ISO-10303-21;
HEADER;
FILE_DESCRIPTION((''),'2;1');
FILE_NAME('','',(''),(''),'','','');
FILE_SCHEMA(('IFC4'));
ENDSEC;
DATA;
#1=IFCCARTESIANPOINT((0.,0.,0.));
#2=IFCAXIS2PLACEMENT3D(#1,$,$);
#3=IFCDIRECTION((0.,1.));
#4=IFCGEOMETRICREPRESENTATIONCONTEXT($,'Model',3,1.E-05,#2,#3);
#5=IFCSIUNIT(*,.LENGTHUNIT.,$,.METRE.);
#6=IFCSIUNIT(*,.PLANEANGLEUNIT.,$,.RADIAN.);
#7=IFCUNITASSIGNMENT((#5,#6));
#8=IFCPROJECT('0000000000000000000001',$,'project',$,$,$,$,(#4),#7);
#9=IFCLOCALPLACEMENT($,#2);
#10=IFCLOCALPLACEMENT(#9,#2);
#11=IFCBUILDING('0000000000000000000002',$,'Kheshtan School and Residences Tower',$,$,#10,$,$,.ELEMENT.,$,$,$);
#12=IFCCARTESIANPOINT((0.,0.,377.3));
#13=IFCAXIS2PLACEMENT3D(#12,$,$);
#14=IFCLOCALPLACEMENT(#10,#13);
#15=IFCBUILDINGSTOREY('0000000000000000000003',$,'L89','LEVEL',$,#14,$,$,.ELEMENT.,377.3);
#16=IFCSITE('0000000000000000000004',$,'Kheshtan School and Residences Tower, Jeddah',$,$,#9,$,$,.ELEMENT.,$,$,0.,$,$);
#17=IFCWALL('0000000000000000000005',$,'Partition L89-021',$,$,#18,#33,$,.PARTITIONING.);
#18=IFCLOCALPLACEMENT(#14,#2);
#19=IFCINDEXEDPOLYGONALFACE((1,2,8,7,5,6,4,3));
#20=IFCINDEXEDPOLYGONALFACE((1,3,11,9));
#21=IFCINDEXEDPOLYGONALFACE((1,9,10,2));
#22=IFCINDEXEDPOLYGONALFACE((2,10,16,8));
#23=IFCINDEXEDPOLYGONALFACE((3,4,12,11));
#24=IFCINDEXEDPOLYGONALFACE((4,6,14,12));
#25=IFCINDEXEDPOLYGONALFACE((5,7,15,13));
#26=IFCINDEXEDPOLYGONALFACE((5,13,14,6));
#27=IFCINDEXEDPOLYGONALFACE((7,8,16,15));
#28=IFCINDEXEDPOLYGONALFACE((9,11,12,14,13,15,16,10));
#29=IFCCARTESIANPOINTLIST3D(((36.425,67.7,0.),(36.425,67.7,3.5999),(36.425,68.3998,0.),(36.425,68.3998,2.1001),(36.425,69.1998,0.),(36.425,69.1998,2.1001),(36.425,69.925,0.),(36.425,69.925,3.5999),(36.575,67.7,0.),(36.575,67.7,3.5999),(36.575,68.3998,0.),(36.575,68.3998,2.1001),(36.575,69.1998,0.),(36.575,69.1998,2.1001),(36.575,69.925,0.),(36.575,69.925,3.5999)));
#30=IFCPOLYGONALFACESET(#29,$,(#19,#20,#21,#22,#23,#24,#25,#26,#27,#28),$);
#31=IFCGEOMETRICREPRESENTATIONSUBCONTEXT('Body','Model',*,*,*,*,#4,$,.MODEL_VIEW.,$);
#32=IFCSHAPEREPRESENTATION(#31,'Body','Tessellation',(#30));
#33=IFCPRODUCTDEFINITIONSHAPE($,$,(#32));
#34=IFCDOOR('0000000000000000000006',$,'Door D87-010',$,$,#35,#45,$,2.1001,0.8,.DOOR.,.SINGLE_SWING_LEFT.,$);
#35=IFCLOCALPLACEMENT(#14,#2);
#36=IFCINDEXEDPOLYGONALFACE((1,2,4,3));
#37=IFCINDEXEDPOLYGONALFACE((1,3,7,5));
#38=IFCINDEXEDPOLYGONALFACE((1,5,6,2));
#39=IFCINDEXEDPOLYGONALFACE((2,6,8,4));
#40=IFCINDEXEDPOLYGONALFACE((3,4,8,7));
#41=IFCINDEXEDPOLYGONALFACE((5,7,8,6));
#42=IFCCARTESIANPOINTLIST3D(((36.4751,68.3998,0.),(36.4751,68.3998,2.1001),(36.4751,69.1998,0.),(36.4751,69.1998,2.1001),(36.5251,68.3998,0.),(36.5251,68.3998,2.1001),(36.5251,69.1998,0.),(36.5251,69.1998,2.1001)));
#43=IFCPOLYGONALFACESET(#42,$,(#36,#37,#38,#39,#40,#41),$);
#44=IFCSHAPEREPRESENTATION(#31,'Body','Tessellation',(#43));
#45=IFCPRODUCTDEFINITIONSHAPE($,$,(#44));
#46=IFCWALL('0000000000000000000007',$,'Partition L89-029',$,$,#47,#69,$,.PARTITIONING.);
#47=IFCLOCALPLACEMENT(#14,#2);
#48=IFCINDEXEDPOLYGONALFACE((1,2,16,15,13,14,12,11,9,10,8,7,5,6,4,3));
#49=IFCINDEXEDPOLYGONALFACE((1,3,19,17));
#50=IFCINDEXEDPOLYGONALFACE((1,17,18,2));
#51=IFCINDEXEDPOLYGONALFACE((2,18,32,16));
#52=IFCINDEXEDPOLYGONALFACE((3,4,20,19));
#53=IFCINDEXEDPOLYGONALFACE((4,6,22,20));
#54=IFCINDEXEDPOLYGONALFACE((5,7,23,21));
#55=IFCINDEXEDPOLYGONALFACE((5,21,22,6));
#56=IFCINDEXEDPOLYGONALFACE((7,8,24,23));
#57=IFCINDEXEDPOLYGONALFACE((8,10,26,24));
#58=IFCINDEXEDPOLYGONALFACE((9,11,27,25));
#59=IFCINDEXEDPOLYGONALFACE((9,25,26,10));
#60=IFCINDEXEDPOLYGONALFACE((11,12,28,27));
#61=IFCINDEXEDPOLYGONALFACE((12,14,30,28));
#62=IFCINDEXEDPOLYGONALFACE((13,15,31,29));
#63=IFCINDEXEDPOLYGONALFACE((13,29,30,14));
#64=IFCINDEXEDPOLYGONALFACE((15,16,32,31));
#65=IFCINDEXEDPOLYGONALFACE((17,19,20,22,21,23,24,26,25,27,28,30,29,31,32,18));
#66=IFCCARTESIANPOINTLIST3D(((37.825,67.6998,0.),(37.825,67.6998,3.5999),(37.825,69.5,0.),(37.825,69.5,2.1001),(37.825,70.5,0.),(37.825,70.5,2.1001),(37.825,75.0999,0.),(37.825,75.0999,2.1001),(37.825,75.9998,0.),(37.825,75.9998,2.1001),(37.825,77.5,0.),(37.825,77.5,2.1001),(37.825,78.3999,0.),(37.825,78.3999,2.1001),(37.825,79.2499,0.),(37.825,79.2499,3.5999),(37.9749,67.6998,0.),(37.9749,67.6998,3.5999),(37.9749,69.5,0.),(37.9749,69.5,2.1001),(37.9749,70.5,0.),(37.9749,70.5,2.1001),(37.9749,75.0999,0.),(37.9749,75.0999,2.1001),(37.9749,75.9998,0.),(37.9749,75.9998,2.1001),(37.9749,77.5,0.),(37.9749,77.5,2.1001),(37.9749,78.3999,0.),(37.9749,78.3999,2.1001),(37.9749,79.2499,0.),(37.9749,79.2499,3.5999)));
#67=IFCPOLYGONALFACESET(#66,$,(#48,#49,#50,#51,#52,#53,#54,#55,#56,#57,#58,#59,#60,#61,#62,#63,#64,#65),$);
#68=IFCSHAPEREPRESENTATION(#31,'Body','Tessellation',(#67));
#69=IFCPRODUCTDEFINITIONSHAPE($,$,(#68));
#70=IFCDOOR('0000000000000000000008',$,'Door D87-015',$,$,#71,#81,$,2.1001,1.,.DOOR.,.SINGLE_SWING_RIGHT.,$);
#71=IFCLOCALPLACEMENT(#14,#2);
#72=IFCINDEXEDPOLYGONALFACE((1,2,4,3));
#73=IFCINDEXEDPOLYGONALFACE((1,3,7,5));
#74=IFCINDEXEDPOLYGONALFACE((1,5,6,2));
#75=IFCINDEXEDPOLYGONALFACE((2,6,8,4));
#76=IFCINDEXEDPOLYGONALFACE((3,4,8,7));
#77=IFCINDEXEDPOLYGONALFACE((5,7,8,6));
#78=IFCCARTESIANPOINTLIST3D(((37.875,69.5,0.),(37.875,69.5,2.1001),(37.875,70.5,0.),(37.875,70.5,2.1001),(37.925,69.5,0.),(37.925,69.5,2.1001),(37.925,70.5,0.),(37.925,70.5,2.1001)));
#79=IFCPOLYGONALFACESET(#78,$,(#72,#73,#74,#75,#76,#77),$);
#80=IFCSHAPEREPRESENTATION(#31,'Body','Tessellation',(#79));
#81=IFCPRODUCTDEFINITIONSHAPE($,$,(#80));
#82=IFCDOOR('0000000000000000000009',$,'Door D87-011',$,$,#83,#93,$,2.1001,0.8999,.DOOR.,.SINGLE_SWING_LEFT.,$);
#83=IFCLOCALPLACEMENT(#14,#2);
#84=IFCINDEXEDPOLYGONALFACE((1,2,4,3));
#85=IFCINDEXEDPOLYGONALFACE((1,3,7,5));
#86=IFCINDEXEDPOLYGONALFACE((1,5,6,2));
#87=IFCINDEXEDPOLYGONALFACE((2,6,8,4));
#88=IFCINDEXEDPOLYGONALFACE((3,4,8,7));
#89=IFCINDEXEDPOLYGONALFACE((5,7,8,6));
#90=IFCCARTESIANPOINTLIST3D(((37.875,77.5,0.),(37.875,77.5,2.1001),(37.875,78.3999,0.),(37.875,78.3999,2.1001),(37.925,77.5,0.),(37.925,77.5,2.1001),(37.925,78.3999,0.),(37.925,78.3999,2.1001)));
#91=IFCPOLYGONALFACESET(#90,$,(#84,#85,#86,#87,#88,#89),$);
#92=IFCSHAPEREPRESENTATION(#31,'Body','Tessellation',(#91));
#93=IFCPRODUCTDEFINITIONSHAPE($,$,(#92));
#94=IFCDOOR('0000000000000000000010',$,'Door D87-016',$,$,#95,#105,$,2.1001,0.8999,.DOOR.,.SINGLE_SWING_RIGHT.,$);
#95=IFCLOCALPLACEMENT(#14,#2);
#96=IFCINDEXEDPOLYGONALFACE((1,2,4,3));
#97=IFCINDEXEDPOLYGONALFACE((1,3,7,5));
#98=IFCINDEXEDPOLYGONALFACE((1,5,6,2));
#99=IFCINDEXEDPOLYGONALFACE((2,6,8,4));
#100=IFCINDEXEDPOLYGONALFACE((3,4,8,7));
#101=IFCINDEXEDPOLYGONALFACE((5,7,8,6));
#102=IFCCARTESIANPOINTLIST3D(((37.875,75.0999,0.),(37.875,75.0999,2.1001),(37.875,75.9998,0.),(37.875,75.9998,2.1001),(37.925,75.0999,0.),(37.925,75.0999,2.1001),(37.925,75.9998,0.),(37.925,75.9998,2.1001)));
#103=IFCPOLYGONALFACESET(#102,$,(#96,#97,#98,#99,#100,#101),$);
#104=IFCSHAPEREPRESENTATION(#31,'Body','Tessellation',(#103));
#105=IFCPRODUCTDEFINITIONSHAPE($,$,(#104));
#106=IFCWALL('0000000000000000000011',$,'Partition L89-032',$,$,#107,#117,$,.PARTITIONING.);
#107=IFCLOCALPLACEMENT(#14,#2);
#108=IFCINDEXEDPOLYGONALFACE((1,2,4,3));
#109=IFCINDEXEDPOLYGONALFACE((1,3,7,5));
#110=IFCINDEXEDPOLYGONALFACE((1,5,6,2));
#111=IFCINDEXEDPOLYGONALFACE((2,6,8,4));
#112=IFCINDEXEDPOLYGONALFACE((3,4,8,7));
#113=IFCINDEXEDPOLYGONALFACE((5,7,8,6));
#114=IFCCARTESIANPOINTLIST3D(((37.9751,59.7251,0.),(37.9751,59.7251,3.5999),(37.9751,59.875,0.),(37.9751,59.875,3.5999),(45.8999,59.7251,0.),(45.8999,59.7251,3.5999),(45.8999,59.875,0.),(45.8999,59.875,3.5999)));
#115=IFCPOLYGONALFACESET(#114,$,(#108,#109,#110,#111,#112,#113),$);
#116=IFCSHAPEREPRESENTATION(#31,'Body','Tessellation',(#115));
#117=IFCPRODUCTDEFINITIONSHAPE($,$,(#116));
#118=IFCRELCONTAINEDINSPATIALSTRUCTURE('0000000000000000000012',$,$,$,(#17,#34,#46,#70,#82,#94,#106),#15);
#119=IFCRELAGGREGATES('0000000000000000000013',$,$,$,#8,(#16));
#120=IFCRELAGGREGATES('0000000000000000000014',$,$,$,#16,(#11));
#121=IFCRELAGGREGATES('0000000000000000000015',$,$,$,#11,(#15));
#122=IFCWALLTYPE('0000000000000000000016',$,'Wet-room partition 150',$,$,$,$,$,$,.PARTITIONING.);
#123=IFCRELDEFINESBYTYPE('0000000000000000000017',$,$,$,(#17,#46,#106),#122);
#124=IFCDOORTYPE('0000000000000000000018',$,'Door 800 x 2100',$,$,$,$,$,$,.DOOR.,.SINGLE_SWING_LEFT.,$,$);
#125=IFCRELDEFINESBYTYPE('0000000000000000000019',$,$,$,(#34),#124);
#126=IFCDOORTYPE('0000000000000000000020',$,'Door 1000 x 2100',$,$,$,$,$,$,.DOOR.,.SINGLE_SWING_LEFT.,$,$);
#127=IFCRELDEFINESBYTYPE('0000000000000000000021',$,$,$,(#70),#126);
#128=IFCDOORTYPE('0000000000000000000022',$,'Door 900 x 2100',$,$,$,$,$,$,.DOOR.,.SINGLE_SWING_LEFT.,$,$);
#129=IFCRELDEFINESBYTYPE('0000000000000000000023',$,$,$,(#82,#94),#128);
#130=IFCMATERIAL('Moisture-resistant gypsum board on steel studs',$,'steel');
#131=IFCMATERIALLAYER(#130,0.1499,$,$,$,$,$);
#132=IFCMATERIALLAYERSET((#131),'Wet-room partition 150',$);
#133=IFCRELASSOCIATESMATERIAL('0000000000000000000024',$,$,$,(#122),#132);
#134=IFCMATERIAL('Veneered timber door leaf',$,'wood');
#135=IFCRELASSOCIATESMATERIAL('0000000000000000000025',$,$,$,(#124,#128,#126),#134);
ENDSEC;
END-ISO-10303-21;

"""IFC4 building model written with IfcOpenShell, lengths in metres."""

from ifc_helpers import new_model, si_unit, direction, frame, frame_2d, origin, place, context, subcontext, project, spatial, rectangle, extrude, source, transform, mapped, material, layer, layer_set, type_object, element, fill, save


model = new_model("IFC4")

# Units and contexts
model_context = context("Model", 3, precision=1e-05, world=origin(), true_north=direction((0.0, 1.0)))
body_context = subcontext(model_context, "Body", "Model", "MODEL_VIEW")
ifc_project = project(units=[si_unit("LENGTHUNIT", "METRE"), si_unit("PLANEANGLEUNIT", "RADIAN")], contexts=[model_context])

# Site, building, storey
site_placement = place(None, origin())
site = spatial("IfcSite", under=ifc_project, at=site_placement, Name="Kheshtan School and Residences Tower, Jeddah", CompositionType="ELEMENT", RefElevation=0.0)
building_placement = place(site_placement, origin())
building = spatial("IfcBuilding", under=site, at=building_placement, Name="Kheshtan School and Residences Tower", CompositionType="ELEMENT")
storey_placement = place(building_placement, frame((0.0, 0.0, 377.3)))
storey = spatial("IfcBuildingStorey", under=building, at=storey_placement, Name="L89", Description="LEVEL", CompositionType="ELEMENT", Elevation=377.3)

# Shared definitions
ifc_material_1 = material(Name="Moisture-resistant gypsum board on steel studs", Category="steel")
ifc_layer_1 = layer(ifc_material_1, 0.1499)
ifc_layer_set_1 = layer_set([ifc_layer_1], Name="Wet-room partition 150")
wall_type_1 = type_object("IfcWallType", Name="Wet-room partition 150", PredefinedType="PARTITIONING", material=ifc_layer_set_1)

# Shared definitions
ifc_material_2 = material(Name="Veneered timber door leaf", Category="wood")
door_type_1 = type_object("IfcDoorType", Name="Door 800 x 2100", OperationType="SINGLE_SWING_LEFT", PredefinedType="DOOR", material=ifc_material_2)
shared_shape_1 = source(origin(), body_context, "Body", "SweptSolid", [
    extrude(rectangle(XDim=0.8, YDim=2.1001, at=frame_2d((0.3999, 1.05))), frame((0.0, 0.0249, 0.0), z_axis=(0.0, -1.0, 0.0), x_axis=(1.0, 0.0, 0.0)), (0.0, 0.0, 1.0), 0.05),
])
door_type_2 = type_object("IfcDoorType", Name="Door 900 x 2100", OperationType="SINGLE_SWING_LEFT", PredefinedType="DOOR", material=ifc_material_2)
shared_shape_2 = source(origin(), body_context, "Body", "SweptSolid", [
    extrude(rectangle(XDim=0.8999, YDim=2.1001, at=frame_2d((0.45, 1.05))), frame((0.0, 0.0249, 0.0), z_axis=(0.0, -1.0, 0.0), x_axis=(1.0, 0.0, 0.0)), (0.0, 0.0, 1.0), 0.05),
])

# Wall, opening, door
wall_1_placement = place(storey_placement, frame((36.5, 67.7, 0.0), z_axis=(0.0, 0.0, 1.0), x_axis=(0.0, 1.0, 0.0)))
wall_1 = element("IfcWall", 1, at=wall_1_placement, inside=storey, type_object=wall_type_1, Name="Partition L89-021", PredefinedType="PARTITIONING", context=body_context, shape_type="SweptSolid", body=[
    extrude(rectangle(XDim=2.2251, YDim=0.1499, at=frame_2d((1.1125, 0.0))), origin(), (0.0, 0.0, 1.0), 3.5999),
])
opening_1_placement = place(wall_1_placement, frame((0.7, 0.0, 0.0)))
opening_1 = element("IfcOpeningElement", 2, at=opening_1_placement, cuts=wall_1, PredefinedType="OPENING", context=body_context, shape_type="SweptSolid", body=[
    extrude(rectangle(XDim=0.8, YDim=2.1001, at=frame_2d((0.3999, 1.05))), frame((0.0, 0.085, 0.0), z_axis=(0.0, -1.0, 0.0), x_axis=(1.0, 0.0, 0.0)), (0.0, 0.0, 1.0), 0.1699),
])
door_1_placement = place(opening_1_placement, origin())
door_1 = element("IfcDoor", 3, at=door_1_placement, inside=storey, type_object=door_type_1, Name="Door D87-010", OperationType="SINGLE_SWING_LEFT", OverallHeight=2.1001, OverallWidth=0.8, PredefinedType="DOOR", context=body_context, shape_type="MappedRepresentation", body=[
    mapped(shared_shape_1, transform((0.0, 0.0, 0.0), x_axis=(1.0, 0.0, 0.0), y_axis=(0.0, 1.0, 0.0), z_axis=(0.0, 0.0, 1.0), scale=1.0)),
])
fill(opening_1, door_1)

# Wall, openings, doors
wall_2_placement = place(storey_placement, frame((37.8999, 67.7, 0.0), z_axis=(0.0, 0.0, 1.0), x_axis=(0.0, 1.0, 0.0)))
wall_2 = element("IfcWall", 4, at=wall_2_placement, inside=storey, type_object=wall_type_1, Name="Partition L89-029", PredefinedType="PARTITIONING", context=body_context, shape_type="SweptSolid", body=[
    extrude(rectangle(XDim=11.55, YDim=0.1499, at=frame_2d((5.7749, 0.0))), origin(), (0.0, 0.0, 1.0), 3.5999),
])
opening_2_placement = place(wall_2_placement, frame((9.8, 0.0, 0.0)))
opening_2 = element("IfcOpeningElement", 5, at=opening_2_placement, cuts=wall_2, PredefinedType="OPENING", context=body_context, shape_type="SweptSolid", body=[
    extrude(rectangle(XDim=0.8999, YDim=2.1001, at=frame_2d((0.45, 1.05))), frame((0.0, 0.085, 0.0), z_axis=(0.0, -1.0, 0.0), x_axis=(1.0, 0.0, 0.0)), (0.0, 0.0, 1.0), 0.1699),
])
opening_3_placement = place(wall_2_placement, frame((1.8, 0.0, 0.0)))
opening_3 = element("IfcOpeningElement", 6, at=opening_3_placement, cuts=wall_2, PredefinedType="OPENING", context=body_context, shape_type="SweptSolid", body=[
    extrude(rectangle(XDim=1.0, YDim=2.1001, at=frame_2d((0.5, 1.05))), frame((0.0, 0.085, 0.0), z_axis=(0.0, -1.0, 0.0), x_axis=(1.0, 0.0, 0.0)), (0.0, 0.0, 1.0), 0.1699),
])
opening_4_placement = place(wall_2_placement, frame((7.3999, 0.0, 0.0)))
opening_4 = element("IfcOpeningElement", 7, at=opening_4_placement, cuts=wall_2, PredefinedType="OPENING", context=body_context, shape_type="SweptSolid", body=[
    extrude(rectangle(XDim=0.8999, YDim=2.1001, at=frame_2d((0.45, 1.05))), frame((0.0, 0.085, 0.0), z_axis=(0.0, -1.0, 0.0), x_axis=(1.0, 0.0, 0.0)), (0.0, 0.0, 1.0), 0.1699),
])
door_type_3 = type_object("IfcDoorType", Name="Door 1000 x 2100", OperationType="SINGLE_SWING_LEFT", PredefinedType="DOOR", material=ifc_material_2)
shared_shape_3 = source(origin(), body_context, "Body", "SweptSolid", [
    extrude(rectangle(XDim=1.0, YDim=2.1001, at=frame_2d((0.5, 1.05))), frame((0.0, 0.0249, 0.0), z_axis=(0.0, -1.0, 0.0), x_axis=(1.0, 0.0, 0.0)), (0.0, 0.0, 1.0), 0.05),
])
door_2_placement = place(opening_3_placement, origin())
door_2 = element("IfcDoor", 8, at=door_2_placement, inside=storey, type_object=door_type_3, Name="Door D87-015", OperationType="SINGLE_SWING_RIGHT", OverallHeight=2.1001, OverallWidth=1.0, PredefinedType="DOOR", context=body_context, shape_type="MappedRepresentation", body=[
    mapped(shared_shape_3, transform((0.0, 0.0, 0.0), x_axis=(1.0, 0.0, 0.0), y_axis=(0.0, 1.0, 0.0), z_axis=(0.0, 0.0, 1.0), scale=1.0)),
])
fill(opening_3, door_2)
door_3_placement = place(opening_2_placement, origin())
door_3 = element("IfcDoor", 9, at=door_3_placement, inside=storey, type_object=door_type_2, Name="Door D87-011", OperationType="SINGLE_SWING_LEFT", OverallHeight=2.1001, OverallWidth=0.8999, PredefinedType="DOOR", context=body_context, shape_type="MappedRepresentation", body=[
    mapped(shared_shape_2, transform((0.0, 0.0, 0.0), x_axis=(1.0, 0.0, 0.0), y_axis=(0.0, 1.0, 0.0), z_axis=(0.0, 0.0, 1.0), scale=1.0)),
])
fill(opening_2, door_3)
door_4_placement = place(opening_4_placement, origin())
door_4 = element("IfcDoor", 10, at=door_4_placement, inside=storey, type_object=door_type_2, Name="Door D87-016", OperationType="SINGLE_SWING_RIGHT", OverallHeight=2.1001, OverallWidth=0.8999, PredefinedType="DOOR", context=body_context, shape_type="MappedRepresentation", body=[
    mapped(shared_shape_2, transform((0.0, 0.0, 0.0), x_axis=(1.0, 0.0, 0.0), y_axis=(0.0, 1.0, 0.0), z_axis=(0.0, 0.0, 1.0), scale=1.0)),
])
fill(opening_4, door_4)

# Wall
wall_3_placement = place(storey_placement, frame((37.9751, 59.8, 0.0), z_axis=(0.0, 0.0, 1.0), x_axis=(1.0, 0.0, 0.0)))
element("IfcWall", 11, at=wall_3_placement, inside=storey, type_object=wall_type_1, Name="Partition L89-032", PredefinedType="PARTITIONING", context=body_context, shape_type="SweptSolid", body=[
    extrude(rectangle(XDim=7.9248, YDim=0.1499, at=frame_2d((3.9624, 0.0))), origin(), (0.0, 0.0, 1.0), 3.5999),
])

save(model, "model.ifc")
